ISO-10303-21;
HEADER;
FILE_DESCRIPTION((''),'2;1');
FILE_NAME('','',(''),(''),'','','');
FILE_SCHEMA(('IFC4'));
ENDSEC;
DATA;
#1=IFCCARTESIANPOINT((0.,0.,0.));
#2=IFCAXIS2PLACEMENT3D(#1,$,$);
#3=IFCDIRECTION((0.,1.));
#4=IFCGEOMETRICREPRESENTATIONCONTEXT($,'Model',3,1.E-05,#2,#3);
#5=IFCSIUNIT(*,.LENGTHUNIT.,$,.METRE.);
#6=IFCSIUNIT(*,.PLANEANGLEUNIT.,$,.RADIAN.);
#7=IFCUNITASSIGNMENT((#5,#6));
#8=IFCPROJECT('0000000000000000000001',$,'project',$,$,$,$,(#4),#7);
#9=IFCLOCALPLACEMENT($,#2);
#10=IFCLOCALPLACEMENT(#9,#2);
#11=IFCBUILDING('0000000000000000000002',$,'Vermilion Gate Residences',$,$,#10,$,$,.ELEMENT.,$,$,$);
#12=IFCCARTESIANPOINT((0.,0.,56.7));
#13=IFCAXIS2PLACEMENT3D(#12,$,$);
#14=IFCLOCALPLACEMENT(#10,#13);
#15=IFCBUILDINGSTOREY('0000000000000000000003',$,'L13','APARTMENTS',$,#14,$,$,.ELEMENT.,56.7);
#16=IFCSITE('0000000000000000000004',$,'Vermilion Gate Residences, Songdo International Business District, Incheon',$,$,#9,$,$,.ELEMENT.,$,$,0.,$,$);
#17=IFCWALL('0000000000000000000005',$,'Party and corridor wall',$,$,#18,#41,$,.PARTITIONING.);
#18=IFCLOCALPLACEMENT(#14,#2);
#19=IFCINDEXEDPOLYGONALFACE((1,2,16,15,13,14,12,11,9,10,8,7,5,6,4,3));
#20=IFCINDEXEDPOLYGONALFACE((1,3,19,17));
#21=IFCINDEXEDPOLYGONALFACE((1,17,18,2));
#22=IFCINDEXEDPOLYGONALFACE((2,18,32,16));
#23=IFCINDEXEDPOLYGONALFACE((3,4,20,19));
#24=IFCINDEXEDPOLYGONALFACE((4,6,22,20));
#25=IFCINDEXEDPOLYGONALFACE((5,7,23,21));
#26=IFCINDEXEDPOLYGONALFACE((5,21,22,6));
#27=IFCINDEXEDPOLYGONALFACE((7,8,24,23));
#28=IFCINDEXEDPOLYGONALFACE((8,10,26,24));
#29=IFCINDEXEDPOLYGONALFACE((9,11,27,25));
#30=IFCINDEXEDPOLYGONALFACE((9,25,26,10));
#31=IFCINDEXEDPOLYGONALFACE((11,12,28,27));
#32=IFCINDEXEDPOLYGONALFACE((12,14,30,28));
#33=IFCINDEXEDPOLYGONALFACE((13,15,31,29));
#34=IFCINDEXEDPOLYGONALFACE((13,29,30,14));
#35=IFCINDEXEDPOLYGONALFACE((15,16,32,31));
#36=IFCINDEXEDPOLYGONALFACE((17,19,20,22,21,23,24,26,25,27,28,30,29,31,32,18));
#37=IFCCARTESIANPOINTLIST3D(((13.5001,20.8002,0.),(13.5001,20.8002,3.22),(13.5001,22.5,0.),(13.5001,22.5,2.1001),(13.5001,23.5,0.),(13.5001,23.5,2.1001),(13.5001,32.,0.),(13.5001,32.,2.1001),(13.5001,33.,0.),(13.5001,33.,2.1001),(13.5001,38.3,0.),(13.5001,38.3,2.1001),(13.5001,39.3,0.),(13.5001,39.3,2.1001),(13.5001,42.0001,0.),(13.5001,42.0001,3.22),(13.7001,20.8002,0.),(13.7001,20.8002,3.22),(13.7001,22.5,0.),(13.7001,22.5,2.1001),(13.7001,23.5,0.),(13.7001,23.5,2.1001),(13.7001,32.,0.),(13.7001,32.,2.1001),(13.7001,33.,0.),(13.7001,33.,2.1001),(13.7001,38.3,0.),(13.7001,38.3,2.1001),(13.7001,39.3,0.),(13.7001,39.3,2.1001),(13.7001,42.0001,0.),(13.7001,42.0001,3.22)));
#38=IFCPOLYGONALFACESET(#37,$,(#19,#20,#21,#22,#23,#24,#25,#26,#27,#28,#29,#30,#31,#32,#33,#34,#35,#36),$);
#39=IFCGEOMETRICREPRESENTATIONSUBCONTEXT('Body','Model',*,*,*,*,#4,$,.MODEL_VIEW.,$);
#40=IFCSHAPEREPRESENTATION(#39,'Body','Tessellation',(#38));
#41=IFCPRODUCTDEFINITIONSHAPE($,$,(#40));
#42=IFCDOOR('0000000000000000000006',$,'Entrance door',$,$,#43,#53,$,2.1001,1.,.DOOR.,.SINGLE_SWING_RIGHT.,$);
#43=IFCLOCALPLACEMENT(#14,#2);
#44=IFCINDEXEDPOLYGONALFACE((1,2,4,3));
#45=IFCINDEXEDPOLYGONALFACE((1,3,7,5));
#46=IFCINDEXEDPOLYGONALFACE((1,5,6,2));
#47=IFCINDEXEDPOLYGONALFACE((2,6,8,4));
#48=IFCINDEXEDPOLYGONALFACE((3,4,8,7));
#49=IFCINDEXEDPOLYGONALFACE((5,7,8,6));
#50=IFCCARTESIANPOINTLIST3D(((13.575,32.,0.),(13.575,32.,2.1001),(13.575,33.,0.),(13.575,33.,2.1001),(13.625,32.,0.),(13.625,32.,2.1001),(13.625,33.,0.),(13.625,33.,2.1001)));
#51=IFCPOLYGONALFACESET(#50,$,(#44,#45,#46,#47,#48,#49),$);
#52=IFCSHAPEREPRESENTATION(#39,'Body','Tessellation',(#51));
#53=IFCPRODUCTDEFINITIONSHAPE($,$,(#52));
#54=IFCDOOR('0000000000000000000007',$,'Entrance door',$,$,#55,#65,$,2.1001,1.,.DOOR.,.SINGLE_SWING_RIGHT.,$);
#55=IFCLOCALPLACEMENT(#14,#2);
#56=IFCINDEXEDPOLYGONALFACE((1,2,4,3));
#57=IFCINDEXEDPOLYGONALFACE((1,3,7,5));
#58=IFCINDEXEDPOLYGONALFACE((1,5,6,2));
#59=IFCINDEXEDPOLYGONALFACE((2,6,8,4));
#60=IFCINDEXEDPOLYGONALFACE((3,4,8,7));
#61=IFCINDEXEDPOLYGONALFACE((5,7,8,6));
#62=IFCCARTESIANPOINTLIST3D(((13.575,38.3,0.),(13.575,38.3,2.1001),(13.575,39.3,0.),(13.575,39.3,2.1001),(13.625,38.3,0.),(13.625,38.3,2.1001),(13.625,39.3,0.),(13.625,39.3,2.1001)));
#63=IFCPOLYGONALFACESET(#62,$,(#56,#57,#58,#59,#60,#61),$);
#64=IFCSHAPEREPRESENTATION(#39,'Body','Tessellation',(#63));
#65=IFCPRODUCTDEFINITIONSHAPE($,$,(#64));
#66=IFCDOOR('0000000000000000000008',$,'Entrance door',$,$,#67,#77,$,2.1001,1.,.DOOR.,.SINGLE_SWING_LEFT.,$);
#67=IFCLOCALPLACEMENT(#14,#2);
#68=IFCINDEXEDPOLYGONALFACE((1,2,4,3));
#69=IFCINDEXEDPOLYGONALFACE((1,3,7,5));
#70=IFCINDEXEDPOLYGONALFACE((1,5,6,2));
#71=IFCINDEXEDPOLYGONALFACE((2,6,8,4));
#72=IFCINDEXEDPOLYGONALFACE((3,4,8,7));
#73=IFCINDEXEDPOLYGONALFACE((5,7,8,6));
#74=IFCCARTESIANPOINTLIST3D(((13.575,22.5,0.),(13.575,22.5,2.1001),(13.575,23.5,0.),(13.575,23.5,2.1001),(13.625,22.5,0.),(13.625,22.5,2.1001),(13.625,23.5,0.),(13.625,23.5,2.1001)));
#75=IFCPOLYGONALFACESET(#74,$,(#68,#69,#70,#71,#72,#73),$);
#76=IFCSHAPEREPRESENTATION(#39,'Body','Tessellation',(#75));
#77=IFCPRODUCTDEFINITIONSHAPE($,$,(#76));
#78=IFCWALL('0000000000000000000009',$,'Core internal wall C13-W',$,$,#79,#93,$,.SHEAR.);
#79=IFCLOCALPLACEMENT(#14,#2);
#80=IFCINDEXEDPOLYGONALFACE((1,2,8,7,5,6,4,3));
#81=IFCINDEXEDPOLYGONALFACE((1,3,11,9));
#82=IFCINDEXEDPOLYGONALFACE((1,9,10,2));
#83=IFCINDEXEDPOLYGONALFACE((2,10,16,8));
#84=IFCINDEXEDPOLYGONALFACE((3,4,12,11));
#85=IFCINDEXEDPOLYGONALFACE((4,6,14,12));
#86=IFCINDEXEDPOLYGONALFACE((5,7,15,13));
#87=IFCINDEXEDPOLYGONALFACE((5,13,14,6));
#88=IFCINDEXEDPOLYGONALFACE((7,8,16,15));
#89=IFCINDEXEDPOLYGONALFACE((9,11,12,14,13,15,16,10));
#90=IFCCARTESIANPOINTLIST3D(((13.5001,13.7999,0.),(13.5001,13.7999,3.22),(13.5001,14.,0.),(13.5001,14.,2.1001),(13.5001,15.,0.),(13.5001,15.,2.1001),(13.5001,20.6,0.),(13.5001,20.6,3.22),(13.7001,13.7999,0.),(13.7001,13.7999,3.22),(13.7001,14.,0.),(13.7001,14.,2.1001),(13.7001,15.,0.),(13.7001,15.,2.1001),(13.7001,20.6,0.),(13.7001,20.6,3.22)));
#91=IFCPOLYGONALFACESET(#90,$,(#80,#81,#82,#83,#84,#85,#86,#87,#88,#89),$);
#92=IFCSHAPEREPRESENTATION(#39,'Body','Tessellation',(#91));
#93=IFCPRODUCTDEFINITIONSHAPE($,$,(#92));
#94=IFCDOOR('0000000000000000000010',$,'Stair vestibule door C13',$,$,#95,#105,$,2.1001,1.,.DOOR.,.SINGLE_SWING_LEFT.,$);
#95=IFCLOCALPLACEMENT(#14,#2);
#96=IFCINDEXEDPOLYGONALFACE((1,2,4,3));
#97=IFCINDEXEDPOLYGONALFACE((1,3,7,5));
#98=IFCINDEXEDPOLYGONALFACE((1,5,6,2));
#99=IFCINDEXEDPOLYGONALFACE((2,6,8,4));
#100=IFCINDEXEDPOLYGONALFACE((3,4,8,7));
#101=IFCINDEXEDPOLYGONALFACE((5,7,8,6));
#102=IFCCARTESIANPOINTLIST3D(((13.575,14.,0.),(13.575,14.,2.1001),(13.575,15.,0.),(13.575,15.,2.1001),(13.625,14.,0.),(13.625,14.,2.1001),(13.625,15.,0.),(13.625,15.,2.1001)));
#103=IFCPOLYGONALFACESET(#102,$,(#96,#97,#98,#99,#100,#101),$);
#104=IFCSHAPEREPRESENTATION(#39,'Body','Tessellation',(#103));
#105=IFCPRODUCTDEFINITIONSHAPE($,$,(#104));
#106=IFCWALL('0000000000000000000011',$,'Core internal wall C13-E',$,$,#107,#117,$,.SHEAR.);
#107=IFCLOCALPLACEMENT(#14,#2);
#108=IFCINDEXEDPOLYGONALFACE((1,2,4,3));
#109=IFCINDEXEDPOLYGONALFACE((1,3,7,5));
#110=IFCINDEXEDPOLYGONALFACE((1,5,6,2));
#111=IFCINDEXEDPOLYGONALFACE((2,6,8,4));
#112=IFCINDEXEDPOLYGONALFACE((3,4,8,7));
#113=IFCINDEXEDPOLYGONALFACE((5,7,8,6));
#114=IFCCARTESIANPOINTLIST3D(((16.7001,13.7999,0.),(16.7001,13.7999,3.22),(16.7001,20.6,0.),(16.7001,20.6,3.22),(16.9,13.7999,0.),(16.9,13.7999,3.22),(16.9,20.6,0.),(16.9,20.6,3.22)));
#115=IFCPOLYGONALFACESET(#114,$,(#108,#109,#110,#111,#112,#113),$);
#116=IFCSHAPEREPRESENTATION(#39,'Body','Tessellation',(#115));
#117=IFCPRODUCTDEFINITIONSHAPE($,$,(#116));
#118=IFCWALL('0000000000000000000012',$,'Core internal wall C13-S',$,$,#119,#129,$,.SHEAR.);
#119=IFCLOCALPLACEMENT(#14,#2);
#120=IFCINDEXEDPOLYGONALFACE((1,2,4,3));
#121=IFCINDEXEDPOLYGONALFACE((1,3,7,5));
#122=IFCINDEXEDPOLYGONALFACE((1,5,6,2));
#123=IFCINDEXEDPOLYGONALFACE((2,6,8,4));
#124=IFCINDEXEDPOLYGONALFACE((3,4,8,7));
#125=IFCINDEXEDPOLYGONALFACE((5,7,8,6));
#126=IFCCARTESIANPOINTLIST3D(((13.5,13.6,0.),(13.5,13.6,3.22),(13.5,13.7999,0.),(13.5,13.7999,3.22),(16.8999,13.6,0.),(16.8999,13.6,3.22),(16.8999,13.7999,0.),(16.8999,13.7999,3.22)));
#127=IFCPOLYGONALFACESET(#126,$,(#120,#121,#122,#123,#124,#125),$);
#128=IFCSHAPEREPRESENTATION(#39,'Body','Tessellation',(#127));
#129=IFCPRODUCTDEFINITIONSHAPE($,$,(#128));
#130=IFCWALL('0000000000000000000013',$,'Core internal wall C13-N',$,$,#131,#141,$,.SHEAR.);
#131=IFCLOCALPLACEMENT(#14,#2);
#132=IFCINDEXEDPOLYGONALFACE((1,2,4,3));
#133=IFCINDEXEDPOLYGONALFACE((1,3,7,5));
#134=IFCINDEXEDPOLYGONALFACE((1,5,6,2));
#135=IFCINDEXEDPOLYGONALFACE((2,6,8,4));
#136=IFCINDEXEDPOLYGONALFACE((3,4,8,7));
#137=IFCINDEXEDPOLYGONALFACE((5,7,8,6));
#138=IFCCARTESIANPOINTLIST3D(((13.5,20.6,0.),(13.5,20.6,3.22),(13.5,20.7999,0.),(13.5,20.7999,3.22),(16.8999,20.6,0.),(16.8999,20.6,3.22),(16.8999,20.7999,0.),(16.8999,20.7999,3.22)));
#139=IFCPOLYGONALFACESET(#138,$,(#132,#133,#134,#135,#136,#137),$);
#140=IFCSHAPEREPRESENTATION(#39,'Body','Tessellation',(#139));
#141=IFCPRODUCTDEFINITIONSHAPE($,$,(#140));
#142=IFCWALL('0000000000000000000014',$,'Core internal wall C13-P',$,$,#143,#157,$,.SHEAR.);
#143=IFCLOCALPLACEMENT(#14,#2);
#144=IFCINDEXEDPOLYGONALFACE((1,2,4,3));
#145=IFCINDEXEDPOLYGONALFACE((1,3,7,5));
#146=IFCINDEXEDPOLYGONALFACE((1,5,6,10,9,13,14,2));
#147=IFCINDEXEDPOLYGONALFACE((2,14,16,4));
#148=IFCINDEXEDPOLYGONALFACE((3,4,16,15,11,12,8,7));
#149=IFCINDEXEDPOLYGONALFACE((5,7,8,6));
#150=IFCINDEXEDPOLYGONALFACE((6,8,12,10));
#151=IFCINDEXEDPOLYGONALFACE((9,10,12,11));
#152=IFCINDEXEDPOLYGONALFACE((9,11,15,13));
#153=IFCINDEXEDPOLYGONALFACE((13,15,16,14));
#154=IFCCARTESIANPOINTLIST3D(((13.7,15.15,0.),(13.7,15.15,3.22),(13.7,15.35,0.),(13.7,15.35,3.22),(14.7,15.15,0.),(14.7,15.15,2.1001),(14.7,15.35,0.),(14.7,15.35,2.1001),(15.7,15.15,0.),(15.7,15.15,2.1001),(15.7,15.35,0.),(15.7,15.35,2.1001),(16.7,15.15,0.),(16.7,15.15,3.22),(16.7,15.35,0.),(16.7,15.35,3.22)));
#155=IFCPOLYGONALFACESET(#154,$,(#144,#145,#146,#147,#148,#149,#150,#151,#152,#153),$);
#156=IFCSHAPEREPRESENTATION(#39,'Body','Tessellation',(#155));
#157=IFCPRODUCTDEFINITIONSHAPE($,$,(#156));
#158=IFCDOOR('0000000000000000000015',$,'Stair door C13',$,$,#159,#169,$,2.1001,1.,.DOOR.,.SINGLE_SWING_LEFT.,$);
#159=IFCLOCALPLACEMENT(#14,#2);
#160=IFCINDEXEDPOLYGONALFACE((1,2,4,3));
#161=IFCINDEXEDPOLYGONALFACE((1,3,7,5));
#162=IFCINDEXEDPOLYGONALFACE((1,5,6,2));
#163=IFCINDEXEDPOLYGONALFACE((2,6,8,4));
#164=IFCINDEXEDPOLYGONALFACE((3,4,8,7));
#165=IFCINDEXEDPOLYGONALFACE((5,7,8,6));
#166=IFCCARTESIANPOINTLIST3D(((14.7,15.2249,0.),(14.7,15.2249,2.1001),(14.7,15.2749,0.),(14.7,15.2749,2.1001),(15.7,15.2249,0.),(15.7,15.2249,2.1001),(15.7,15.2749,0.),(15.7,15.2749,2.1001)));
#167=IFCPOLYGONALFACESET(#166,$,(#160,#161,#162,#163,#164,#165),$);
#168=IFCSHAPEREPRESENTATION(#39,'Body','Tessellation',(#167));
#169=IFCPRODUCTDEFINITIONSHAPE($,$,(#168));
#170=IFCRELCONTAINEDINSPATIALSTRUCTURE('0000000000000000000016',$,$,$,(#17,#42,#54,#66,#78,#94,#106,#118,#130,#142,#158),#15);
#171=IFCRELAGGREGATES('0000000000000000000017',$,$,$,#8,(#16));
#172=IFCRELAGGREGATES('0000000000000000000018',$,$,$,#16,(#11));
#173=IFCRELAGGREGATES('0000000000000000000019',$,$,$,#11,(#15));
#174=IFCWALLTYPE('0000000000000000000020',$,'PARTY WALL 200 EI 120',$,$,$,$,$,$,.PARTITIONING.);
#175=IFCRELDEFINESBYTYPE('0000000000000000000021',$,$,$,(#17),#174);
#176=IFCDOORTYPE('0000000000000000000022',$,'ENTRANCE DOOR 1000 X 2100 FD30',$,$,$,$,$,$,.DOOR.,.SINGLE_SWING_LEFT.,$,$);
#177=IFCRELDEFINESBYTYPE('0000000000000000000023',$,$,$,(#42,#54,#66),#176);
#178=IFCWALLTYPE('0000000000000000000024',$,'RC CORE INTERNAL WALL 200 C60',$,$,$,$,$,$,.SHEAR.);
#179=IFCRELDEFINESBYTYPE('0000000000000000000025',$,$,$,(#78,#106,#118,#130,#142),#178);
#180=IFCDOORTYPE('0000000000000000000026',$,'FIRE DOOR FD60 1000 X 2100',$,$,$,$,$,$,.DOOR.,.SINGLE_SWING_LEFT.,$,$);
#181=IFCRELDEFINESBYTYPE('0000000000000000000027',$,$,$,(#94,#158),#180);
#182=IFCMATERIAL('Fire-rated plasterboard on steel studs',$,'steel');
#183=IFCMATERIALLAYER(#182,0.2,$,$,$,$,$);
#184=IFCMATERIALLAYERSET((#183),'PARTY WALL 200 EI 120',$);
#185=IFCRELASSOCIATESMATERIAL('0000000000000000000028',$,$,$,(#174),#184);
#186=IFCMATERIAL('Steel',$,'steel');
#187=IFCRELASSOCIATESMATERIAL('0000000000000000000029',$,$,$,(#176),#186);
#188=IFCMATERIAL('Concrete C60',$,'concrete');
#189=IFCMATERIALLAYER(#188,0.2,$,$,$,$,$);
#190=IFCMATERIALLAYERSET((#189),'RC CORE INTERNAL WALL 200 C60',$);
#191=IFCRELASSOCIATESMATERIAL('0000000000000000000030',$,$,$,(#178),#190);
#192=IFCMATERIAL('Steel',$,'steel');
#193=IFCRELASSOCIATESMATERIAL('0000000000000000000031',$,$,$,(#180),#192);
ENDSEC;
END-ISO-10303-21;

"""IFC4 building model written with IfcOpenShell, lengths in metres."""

from ifc_helpers import new_model, si_unit, direction, frame, frame_2d, origin, place, context, subcontext, project, spatial, rectangle, extrude, material, layer, layer_set, type_object, element, fill, save


model = new_model("IFC4")

# Units and contexts
model_context = context("Model", 3, precision=1e-05, world=origin(), true_north=direction((0.0, 1.0)))
body_context = subcontext(model_context, "Body", "Model", "MODEL_VIEW")
ifc_project = project(units=[si_unit("LENGTHUNIT", "METRE"), si_unit("PLANEANGLEUNIT", "RADIAN")], contexts=[model_context])

# Site, building, storey
site_placement = place(None, origin())
site = spatial("IfcSite", under=ifc_project, at=site_placement, Name="Vermilion Gate Residences, Songdo International Business District, Incheon", CompositionType="ELEMENT", RefElevation=0.0)
building_placement = place(site_placement, origin())
building = spatial("IfcBuilding", under=site, at=building_placement, Name="Vermilion Gate Residences", CompositionType="ELEMENT")
storey_placement = place(building_placement, frame((0.0, 0.0, 56.7)))
storey = spatial("IfcBuildingStorey", under=building, at=storey_placement, Name="L13", Description="APARTMENTS", CompositionType="ELEMENT", Elevation=56.7)

# Wall, openings, doors
ifc_material_1 = material(Name="Fire-rated plasterboard on steel studs", Category="steel")
ifc_layer_1 = layer(ifc_material_1, 0.2)
ifc_layer_set_1 = layer_set([ifc_layer_1], Name="PARTY WALL 200 EI 120")
wall_type_1 = type_object("IfcWallType", Name="PARTY WALL 200 EI 120", PredefinedType="PARTITIONING", material=ifc_layer_set_1)
ifc_material_2 = material(Name="Steel", Category="steel")
door_type_1 = type_object("IfcDoorType", Name="ENTRANCE DOOR 1000 X 2100 FD30", OperationType="SINGLE_SWING_LEFT", PredefinedType="DOOR", material=ifc_material_2)
wall_1_placement = place(storey_placement, frame((13.6001, 20.8, 0.0), z_axis=(0.0, 0.0, 1.0), x_axis=(0.0, 1.0, 0.0)))
wall_1 = element("IfcWall", 1, at=wall_1_placement, inside=storey, type_object=wall_type_1, Name="Party and corridor wall", PredefinedType="PARTITIONING", context=body_context, shape_type="SweptSolid", body=[
    extrude(rectangle(XDim=21.2, YDim=0.2, at=frame_2d((10.6001, 0.0))), origin(), (0.0, 0.0, 1.0), 3.22),
])
opening_1_placement = place(wall_1_placement, frame((11.2, 0.0, 0.0)))
opening_1 = element("IfcOpeningElement", 2, at=opening_1_placement, cuts=wall_1, PredefinedType="OPENING", context=body_context, shape_type="SweptSolid", body=[
    extrude(rectangle(XDim=1.0, YDim=2.1001, at=frame_2d((0.5, 1.05))), frame((0.0, 0.1099, 0.0), z_axis=(0.0, -1.0, 0.0), x_axis=(1.0, 0.0, 0.0)), (0.0, 0.0, 1.0), 0.22),
])
opening_2_placement = place(wall_1_placement, frame((17.5, 0.0, 0.0)))
opening_2 = element("IfcOpeningElement", 3, at=opening_2_placement, cuts=wall_1, PredefinedType="OPENING", context=body_context, shape_type="SweptSolid", body=[
    extrude(rectangle(XDim=1.0, YDim=2.1001, at=frame_2d((0.5, 1.05))), frame((0.0, 0.1099, 0.0), z_axis=(0.0, -1.0, 0.0), x_axis=(1.0, 0.0, 0.0)), (0.0, 0.0, 1.0), 0.22),
])
opening_3_placement = place(wall_1_placement, frame((1.7, 0.0, 0.0)))
opening_3 = element("IfcOpeningElement", 4, at=opening_3_placement, cuts=wall_1, PredefinedType="OPENING", context=body_context, shape_type="SweptSolid", body=[
    extrude(rectangle(XDim=1.0, YDim=2.1001, at=frame_2d((0.5, 1.05))), frame((0.0, 0.1099, 0.0), z_axis=(0.0, -1.0, 0.0), x_axis=(1.0, 0.0, 0.0)), (0.0, 0.0, 1.0), 0.22),
])
door_1_placement = place(opening_1_placement, frame((1.0, 0.0, 0.0), z_axis=(0.0, 0.0, 1.0), x_axis=(-1.0, 0.0, 0.0)))
door_1 = element("IfcDoor", 5, at=door_1_placement, inside=storey, type_object=door_type_1, Name="Entrance door", OperationType="SINGLE_SWING_RIGHT", OverallHeight=2.1001, OverallWidth=1.0, PredefinedType="DOOR", context=body_context, shape_type="SweptSolid", body=[
    extrude(rectangle(XDim=1.0, YDim=2.1001, at=frame_2d((0.5, 1.05))), frame((0.0, 0.0249, 0.0), z_axis=(0.0, -1.0, 0.0), x_axis=(1.0, 0.0, 0.0)), (0.0, 0.0, 1.0), 0.05),
])
fill(opening_1, door_1)
door_2_placement = place(opening_2_placement, frame((1.0, 0.0, 0.0), z_axis=(0.0, 0.0, 1.0), x_axis=(-1.0, 0.0, 0.0)))
door_2 = element("IfcDoor", 6, at=door_2_placement, inside=storey, type_object=door_type_1, Name="Entrance door", OperationType="SINGLE_SWING_RIGHT", OverallHeight=2.1001, OverallWidth=1.0, PredefinedType="DOOR", context=body_context, shape_type="SweptSolid", body=[
    extrude(rectangle(XDim=1.0, YDim=2.1001, at=frame_2d((0.5, 1.05))), frame((0.0, 0.0249, 0.0), z_axis=(0.0, -1.0, 0.0), x_axis=(1.0, 0.0, 0.0)), (0.0, 0.0, 1.0), 0.05),
])
fill(opening_2, door_2)
door_3_placement = place(opening_3_placement, frame((1.0, 0.0, 0.0), z_axis=(0.0, 0.0, 1.0), x_axis=(-1.0, 0.0, 0.0)))
door_3 = element("IfcDoor", 7, at=door_3_placement, inside=storey, type_object=door_type_1, Name="Entrance door", OperationType="SINGLE_SWING_LEFT", OverallHeight=2.1001, OverallWidth=1.0, PredefinedType="DOOR", context=body_context, shape_type="SweptSolid", body=[
    extrude(rectangle(XDim=1.0, YDim=2.1001, at=frame_2d((0.5, 1.05))), frame((0.0, 0.0249, 0.0), z_axis=(0.0, -1.0, 0.0), x_axis=(1.0, 0.0, 0.0)), (0.0, 0.0, 1.0), 0.05),
])
fill(opening_3, door_3)

# Wall, opening, door
ifc_material_3 = material(Name="Concrete C60", Category="concrete")
ifc_layer_2 = layer(ifc_material_3, 0.2)
ifc_layer_set_2 = layer_set([ifc_layer_2], Name="RC CORE INTERNAL WALL 200 C60")
wall_type_2 = type_object("IfcWallType", Name="RC CORE INTERNAL WALL 200 C60", PredefinedType="SHEAR", material=ifc_layer_set_2)
wall_2_placement = place(storey_placement, frame((13.6001, 13.8, 0.0), z_axis=(0.0, 0.0, 1.0), x_axis=(0.0, 1.0, 0.0)))
wall_2 = element("IfcWall", 8, at=wall_2_placement, inside=storey, type_object=wall_type_2, Name="Core internal wall C13-W", PredefinedType="SHEAR", context=body_context, shape_type="SweptSolid", body=[
    extrude(rectangle(XDim=6.8, YDim=0.2, at=frame_2d((3.3999, 0.0))), origin(), (0.0, 0.0, 1.0), 3.22),
])
opening_4_placement = place(wall_2_placement, frame((0.2, 0.0, 0.0)))
opening_4 = element("IfcOpeningElement", 9, at=opening_4_placement, cuts=wall_2, PredefinedType="OPENING", context=body_context, shape_type="SweptSolid", body=[
    extrude(rectangle(XDim=1.0, YDim=2.1001, at=frame_2d((0.5, 1.05))), frame((0.0, 0.1099, 0.0), z_axis=(0.0, -1.0, 0.0), x_axis=(1.0, 0.0, 0.0)), (0.0, 0.0, 1.0), 0.22),
])
ifc_material_4 = material(Name="Steel", Category="steel")
door_type_2 = type_object("IfcDoorType", Name="FIRE DOOR FD60 1000 X 2100", OperationType="SINGLE_SWING_LEFT", PredefinedType="DOOR", material=ifc_material_4)
door_4_placement = place(opening_4_placement, frame((1.0, 0.0, 0.0), z_axis=(0.0, 0.0, 1.0), x_axis=(-1.0, 0.0, 0.0)))
door_4 = element("IfcDoor", 10, at=door_4_placement, inside=storey, type_object=door_type_2, Name="Stair vestibule door C13", OperationType="SINGLE_SWING_LEFT", OverallHeight=2.1001, OverallWidth=1.0, PredefinedType="DOOR", context=body_context, shape_type="SweptSolid", body=[
    extrude(rectangle(XDim=1.0, YDim=2.1001, at=frame_2d((0.5, 1.05))), frame((0.0, 0.0249, 0.0), z_axis=(0.0, -1.0, 0.0), x_axis=(1.0, 0.0, 0.0)), (0.0, 0.0, 1.0), 0.05),
])
fill(opening_4, door_4)

# Walls
wall_3_placement = place(storey_placement, frame((16.8, 13.8, 0.0), z_axis=(0.0, 0.0, 1.0), x_axis=(0.0, 1.0, 0.0)))
element("IfcWall", 11, at=wall_3_placement, inside=storey, type_object=wall_type_2, Name="Core internal wall C13-E", PredefinedType="SHEAR", context=body_context, shape_type="SweptSolid", body=[
    extrude(rectangle(XDim=6.8, YDim=0.2, at=frame_2d((3.3999, 0.0))), origin(), (0.0, 0.0, 1.0), 3.22),
])
for number, where, z_axis, x_axis, name in (
    (12, (13.5, 13.7, 0.0), (0.0, 0.0, 1.0), (1.0, 0.0, 0.0), "Core internal wall C13-S"),
    (13, (13.5, 20.7, 0.0), (0.0, 0.0, 1.0), (1.0, 0.0, 0.0), "Core internal wall C13-N"),
):
    element("IfcWall", number, at=place(storey_placement, frame(where, z_axis=z_axis, x_axis=x_axis)), inside=storey, type_object=wall_type_2, Name=name, PredefinedType="SHEAR", context=body_context, shape_type="SweptSolid", body=[
        extrude(rectangle(XDim=3.3999, YDim=0.2, at=frame_2d((1.7, 0.0))), origin(), (0.0, 0.0, 1.0), 3.22),
    ])

# Wall, opening, door
wall_4_placement = place(storey_placement, frame((13.7, 15.25, 0.0), z_axis=(0.0, 0.0, 1.0), x_axis=(1.0, 0.0, 0.0)))
wall_4 = element("IfcWall", 14, at=wall_4_placement, inside=storey, type_object=wall_type_2, Name="Core internal wall C13-P", PredefinedType="SHEAR", context=body_context, shape_type="SweptSolid", body=[
    extrude(rectangle(XDim=3.0, YDim=0.2, at=frame_2d((1.5, 0.0))), origin(), (0.0, 0.0, 1.0), 3.22),
])
opening_5_placement = place(wall_4_placement, frame((1.0, 0.0, 0.0)))
opening_5 = element("IfcOpeningElement", 15, at=opening_5_placement, cuts=wall_4, PredefinedType="OPENING", context=body_context, shape_type="SweptSolid", body=[
    extrude(rectangle(XDim=1.0, YDim=2.1001, at=frame_2d((0.5, 1.05))), frame((0.0, 0.1099, 0.0), z_axis=(0.0, -1.0, 0.0), x_axis=(1.0, 0.0, 0.0)), (0.0, 0.0, 1.0), 0.22),
])
door_5_placement = place(opening_5_placement, origin())
door_5 = element("IfcDoor", 16, at=door_5_placement, inside=storey, type_object=door_type_2, Name="Stair door C13", OperationType="SINGLE_SWING_LEFT", OverallHeight=2.1001, OverallWidth=1.0, PredefinedType="DOOR", context=body_context, shape_type="SweptSolid", body=[
    extrude(rectangle(XDim=1.0, YDim=2.1001, at=frame_2d((0.5, 1.05))), frame((0.0, 0.0249, 0.0), z_axis=(0.0, -1.0, 0.0), x_axis=(1.0, 0.0, 0.0)), (0.0, 0.0, 1.0), 0.05),
])
fill(opening_5, door_5)

save(model, "model.ifc")
